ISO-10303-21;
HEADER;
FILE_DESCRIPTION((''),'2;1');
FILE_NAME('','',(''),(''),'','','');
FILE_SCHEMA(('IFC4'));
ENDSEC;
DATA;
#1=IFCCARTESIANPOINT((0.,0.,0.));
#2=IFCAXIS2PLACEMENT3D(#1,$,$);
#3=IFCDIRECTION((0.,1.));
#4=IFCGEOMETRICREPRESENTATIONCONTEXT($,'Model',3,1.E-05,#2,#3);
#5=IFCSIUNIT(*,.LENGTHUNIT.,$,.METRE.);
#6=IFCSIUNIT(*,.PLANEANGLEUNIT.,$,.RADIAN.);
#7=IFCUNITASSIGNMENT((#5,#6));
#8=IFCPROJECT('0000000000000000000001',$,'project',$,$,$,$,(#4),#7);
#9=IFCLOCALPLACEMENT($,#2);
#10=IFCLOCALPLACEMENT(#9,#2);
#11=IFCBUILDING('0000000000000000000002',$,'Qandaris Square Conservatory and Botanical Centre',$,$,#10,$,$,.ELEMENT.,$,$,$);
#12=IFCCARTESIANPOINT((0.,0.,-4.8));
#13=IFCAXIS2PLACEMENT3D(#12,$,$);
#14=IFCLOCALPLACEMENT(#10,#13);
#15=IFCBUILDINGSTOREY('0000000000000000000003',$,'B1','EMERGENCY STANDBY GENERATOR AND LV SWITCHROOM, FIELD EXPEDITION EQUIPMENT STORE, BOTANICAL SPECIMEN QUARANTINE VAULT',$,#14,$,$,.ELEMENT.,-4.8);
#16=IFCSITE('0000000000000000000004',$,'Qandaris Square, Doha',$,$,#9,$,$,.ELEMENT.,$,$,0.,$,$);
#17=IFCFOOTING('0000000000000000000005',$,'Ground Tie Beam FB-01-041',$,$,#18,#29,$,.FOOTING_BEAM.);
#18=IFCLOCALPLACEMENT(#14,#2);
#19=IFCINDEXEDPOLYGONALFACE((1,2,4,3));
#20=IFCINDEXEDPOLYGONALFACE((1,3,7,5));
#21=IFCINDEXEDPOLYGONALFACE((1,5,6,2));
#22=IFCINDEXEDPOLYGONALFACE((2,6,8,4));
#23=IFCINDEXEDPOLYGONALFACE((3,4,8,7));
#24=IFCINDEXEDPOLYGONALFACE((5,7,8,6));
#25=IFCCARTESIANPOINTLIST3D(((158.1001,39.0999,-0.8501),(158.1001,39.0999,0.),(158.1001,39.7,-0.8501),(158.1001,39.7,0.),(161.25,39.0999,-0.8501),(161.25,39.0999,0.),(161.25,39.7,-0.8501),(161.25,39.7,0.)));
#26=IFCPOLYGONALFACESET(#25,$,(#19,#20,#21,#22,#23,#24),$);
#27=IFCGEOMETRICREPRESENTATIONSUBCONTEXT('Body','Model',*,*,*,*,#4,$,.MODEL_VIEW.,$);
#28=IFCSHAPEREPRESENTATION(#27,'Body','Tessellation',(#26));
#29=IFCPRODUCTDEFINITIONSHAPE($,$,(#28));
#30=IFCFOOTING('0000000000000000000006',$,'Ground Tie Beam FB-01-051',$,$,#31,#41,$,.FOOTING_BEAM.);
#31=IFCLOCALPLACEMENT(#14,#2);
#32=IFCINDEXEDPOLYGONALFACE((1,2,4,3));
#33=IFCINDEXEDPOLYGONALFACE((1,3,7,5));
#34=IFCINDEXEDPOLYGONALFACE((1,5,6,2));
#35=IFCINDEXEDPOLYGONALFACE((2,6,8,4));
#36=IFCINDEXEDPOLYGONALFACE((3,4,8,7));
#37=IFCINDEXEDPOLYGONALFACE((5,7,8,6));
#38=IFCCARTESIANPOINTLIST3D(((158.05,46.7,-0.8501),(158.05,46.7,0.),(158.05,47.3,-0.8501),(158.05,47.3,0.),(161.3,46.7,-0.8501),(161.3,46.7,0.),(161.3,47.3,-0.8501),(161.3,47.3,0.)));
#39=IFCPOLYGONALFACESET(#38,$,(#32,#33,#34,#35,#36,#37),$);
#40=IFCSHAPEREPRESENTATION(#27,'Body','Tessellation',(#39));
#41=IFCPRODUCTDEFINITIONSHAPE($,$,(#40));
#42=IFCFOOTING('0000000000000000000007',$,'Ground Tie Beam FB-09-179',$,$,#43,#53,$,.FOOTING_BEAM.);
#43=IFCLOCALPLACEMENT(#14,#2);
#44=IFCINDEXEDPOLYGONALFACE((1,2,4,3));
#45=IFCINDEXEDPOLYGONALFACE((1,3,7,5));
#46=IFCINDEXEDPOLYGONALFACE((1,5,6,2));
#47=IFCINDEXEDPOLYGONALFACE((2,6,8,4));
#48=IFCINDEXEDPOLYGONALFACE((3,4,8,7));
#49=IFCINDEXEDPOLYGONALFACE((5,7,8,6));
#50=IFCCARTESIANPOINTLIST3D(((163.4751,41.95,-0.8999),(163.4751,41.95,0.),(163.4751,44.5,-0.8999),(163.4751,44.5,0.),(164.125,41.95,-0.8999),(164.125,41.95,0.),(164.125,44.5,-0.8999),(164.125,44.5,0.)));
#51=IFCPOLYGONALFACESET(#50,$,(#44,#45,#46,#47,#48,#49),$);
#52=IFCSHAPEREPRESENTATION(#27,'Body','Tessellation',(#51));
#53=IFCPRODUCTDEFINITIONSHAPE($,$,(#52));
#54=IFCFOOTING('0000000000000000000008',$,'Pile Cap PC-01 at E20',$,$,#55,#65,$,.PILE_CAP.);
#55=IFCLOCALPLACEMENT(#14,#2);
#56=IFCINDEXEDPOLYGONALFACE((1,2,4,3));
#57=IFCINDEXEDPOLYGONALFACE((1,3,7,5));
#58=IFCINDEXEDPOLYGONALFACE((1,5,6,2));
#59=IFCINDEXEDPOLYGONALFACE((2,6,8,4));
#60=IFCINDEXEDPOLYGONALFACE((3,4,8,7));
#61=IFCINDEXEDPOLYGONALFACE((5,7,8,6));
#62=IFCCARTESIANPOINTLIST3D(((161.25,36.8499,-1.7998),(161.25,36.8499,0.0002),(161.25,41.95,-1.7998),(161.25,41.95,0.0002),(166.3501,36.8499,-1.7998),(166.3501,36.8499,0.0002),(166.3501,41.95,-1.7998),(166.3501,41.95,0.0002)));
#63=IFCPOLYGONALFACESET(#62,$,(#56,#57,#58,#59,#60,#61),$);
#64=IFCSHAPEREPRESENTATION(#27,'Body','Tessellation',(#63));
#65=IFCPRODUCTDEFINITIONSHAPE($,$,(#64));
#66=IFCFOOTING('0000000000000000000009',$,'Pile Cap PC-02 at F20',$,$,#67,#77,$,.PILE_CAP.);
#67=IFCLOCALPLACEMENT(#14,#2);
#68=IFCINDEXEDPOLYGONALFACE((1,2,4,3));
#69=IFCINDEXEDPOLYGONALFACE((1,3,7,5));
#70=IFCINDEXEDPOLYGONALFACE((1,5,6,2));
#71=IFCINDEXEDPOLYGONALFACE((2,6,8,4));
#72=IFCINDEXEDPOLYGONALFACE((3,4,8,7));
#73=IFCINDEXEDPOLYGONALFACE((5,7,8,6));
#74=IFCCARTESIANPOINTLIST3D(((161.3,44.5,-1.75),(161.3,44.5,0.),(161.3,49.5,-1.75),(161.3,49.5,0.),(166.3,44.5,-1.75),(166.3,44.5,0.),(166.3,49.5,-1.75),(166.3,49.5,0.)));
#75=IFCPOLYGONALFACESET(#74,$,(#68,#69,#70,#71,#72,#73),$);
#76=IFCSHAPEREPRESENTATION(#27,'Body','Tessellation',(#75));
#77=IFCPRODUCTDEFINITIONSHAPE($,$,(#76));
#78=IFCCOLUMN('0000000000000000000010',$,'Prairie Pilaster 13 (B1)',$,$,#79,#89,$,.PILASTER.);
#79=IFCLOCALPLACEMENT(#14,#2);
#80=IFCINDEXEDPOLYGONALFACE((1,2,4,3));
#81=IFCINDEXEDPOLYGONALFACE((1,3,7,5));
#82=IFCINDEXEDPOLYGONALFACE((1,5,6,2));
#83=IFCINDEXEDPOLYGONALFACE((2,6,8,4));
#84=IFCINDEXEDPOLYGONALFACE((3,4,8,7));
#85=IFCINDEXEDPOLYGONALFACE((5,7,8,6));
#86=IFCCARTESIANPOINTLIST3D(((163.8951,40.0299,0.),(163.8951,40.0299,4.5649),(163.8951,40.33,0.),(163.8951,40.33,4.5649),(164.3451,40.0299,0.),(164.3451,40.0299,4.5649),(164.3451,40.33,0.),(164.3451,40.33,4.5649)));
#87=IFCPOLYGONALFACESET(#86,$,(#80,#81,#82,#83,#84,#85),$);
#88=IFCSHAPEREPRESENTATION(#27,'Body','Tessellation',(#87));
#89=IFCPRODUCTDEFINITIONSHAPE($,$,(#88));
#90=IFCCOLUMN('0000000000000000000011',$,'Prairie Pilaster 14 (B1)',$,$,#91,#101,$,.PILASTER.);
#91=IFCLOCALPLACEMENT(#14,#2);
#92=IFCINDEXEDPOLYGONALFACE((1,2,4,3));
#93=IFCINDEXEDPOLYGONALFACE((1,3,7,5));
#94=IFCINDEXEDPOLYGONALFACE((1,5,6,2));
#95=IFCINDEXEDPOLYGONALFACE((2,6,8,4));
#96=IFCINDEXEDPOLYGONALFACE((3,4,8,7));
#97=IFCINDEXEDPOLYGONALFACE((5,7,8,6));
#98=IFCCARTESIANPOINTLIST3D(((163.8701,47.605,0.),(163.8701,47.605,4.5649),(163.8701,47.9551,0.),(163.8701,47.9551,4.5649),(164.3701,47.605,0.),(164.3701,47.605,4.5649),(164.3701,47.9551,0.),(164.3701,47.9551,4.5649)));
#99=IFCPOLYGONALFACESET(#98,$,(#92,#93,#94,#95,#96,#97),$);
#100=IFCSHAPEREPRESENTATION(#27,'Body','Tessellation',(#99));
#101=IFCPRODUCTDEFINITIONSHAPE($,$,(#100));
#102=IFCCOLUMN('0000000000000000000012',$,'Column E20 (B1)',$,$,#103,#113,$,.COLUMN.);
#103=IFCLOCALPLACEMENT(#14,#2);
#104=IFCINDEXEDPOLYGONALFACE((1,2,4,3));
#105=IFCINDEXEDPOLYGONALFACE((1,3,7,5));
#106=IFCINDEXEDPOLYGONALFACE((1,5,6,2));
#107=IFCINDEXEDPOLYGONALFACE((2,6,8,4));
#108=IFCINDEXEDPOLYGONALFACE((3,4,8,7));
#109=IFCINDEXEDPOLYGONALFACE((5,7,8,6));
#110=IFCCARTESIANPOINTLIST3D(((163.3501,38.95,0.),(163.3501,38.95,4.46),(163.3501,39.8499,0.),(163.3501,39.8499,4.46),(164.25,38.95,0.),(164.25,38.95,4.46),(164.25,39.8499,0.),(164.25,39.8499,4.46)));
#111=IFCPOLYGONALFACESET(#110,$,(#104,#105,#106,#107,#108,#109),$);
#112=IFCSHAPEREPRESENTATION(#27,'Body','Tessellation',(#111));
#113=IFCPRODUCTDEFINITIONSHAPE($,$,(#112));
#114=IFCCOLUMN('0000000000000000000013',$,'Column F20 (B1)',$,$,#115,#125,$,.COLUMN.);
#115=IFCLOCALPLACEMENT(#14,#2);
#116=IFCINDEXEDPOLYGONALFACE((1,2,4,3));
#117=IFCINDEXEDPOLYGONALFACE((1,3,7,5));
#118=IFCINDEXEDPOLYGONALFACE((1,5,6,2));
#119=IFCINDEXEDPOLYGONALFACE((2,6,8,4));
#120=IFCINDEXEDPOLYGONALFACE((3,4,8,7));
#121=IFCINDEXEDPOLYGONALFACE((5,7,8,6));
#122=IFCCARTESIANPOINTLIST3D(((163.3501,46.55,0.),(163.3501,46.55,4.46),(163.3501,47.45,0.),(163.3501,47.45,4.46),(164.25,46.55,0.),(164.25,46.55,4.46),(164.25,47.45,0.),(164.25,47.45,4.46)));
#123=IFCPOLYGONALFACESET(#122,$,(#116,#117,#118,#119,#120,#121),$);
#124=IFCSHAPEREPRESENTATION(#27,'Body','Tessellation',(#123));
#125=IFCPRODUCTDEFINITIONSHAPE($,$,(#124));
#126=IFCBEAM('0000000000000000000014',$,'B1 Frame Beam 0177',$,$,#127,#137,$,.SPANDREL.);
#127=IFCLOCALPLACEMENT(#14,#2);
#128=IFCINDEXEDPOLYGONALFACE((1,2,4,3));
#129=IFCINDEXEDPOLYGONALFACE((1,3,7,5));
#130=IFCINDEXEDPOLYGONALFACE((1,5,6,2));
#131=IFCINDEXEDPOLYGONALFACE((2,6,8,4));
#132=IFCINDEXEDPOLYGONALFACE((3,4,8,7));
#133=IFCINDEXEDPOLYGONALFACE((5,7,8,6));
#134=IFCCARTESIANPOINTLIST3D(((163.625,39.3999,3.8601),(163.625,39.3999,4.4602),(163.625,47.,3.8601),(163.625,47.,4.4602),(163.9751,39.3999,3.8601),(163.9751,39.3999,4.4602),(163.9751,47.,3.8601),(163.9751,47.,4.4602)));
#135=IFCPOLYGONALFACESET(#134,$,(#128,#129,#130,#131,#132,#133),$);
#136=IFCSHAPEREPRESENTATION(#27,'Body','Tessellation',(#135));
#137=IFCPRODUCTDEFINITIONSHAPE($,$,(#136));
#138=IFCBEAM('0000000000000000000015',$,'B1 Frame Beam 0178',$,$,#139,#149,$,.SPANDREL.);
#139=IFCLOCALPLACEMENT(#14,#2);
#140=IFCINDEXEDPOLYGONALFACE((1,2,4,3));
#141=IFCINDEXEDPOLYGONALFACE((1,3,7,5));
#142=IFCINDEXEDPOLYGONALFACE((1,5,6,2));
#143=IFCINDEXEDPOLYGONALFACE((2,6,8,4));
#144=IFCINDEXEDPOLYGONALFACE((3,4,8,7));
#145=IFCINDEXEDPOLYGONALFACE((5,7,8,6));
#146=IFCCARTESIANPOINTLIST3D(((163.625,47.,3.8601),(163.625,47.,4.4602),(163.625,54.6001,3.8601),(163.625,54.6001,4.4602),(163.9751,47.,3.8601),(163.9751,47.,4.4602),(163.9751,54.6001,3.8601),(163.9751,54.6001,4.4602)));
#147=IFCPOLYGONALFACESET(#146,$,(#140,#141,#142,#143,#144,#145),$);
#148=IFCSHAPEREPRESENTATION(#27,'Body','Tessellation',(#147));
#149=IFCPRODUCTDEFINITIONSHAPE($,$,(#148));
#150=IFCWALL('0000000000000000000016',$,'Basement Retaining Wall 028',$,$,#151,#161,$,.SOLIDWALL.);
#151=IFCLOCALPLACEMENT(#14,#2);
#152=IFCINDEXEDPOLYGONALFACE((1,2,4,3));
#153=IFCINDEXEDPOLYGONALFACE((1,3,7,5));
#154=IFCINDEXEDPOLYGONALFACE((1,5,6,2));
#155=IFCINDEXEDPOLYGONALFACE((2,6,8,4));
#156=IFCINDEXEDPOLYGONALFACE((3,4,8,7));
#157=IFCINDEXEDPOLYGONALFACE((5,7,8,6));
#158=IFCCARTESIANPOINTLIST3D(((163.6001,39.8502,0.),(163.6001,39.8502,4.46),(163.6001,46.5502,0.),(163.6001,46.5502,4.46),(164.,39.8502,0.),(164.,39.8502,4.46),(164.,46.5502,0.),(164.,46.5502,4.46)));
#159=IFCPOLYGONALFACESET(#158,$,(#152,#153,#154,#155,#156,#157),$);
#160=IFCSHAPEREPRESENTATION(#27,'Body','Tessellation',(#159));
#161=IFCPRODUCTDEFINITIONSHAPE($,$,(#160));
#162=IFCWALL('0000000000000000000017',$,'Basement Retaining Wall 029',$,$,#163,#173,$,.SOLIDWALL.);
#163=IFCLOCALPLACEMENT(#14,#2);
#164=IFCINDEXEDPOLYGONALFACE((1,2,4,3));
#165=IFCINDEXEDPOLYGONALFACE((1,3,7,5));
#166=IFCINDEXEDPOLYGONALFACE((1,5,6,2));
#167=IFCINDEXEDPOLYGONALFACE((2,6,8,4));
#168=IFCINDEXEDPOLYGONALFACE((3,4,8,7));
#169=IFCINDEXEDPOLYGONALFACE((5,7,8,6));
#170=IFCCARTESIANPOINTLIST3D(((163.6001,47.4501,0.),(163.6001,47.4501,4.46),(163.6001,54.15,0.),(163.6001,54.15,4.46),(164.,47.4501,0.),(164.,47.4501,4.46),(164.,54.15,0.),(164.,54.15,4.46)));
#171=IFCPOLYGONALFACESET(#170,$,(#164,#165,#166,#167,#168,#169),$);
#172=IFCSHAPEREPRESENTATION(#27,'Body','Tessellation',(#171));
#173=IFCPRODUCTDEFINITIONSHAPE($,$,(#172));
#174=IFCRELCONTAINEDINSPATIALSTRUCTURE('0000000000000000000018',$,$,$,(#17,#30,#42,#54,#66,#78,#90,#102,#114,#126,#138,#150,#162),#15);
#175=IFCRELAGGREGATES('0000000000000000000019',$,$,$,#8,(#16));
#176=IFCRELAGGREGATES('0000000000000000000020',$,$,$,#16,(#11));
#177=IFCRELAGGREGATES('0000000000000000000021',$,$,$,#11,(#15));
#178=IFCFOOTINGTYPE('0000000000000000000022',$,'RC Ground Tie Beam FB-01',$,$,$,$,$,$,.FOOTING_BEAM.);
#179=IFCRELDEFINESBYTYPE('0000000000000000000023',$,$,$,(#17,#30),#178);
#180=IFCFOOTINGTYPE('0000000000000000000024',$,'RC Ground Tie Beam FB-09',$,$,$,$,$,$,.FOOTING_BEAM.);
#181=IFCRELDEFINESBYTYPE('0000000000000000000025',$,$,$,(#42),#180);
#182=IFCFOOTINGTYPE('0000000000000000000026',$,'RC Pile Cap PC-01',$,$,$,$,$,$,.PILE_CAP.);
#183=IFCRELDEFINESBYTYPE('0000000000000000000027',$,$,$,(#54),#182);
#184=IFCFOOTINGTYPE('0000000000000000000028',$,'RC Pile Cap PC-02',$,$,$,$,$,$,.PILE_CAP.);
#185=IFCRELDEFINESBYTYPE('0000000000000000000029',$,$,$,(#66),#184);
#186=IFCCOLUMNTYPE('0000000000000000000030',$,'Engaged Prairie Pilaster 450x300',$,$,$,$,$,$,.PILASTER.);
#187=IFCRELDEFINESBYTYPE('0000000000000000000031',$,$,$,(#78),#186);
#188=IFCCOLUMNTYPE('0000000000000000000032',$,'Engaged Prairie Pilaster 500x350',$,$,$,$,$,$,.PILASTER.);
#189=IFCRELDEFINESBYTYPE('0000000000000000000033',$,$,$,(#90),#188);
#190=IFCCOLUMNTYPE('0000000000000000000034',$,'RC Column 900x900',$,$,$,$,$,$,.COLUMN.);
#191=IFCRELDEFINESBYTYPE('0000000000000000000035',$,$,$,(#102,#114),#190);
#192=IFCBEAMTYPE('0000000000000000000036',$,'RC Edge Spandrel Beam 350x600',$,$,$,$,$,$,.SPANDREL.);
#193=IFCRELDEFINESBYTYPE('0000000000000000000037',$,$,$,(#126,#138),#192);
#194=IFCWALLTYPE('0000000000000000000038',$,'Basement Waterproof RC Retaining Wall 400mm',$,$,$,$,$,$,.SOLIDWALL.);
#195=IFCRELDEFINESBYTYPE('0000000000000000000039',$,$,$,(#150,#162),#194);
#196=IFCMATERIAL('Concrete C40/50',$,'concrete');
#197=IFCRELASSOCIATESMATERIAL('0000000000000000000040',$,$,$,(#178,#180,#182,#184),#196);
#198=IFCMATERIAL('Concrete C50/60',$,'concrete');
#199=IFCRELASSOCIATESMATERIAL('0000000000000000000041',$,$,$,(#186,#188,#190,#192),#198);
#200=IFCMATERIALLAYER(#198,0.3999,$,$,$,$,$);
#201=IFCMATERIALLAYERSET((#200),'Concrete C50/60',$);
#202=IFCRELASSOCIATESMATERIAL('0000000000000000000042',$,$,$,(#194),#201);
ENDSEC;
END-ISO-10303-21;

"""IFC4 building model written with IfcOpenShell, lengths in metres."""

from ifc_helpers import new_model, si_unit, direction, frame, frame_2d, origin, origin_2d, place, context, subcontext, project, spatial, rectangle, extrude, material, layer, layer_set, material_profile, profile_set, type_object, element, save


model = new_model("IFC4")

# Units and contexts
model_context = context("Model", 3, precision=1e-05, world=origin(), true_north=direction((0.0, 1.0)))
body_context = subcontext(model_context, "Body", "Model", "MODEL_VIEW")
ifc_project = project(units=[si_unit("LENGTHUNIT", "METRE"), si_unit("PLANEANGLEUNIT", "RADIAN")], contexts=[model_context])

# Site, building, storey
site_placement = place(None, origin())
site = spatial("IfcSite", under=ifc_project, at=site_placement, Name="Qandaris Square, Doha", CompositionType="ELEMENT", RefElevation=0.0)
building_placement = place(site_placement, origin())
building = spatial("IfcBuilding", under=site, at=building_placement, Name="Qandaris Square Conservatory and Botanical Centre", CompositionType="ELEMENT")
storey_placement = place(building_placement, frame((0.0, 0.0, -4.8)))
storey = spatial("IfcBuildingStorey", under=building, at=storey_placement, Name="B1", Description="EMERGENCY STANDBY GENERATOR AND LV SWITCHROOM, FIELD EXPEDITION EQUIPMENT STORE, BOTANICAL SPECIMEN QUARANTINE VAULT", CompositionType="ELEMENT", Elevation=-4.8)

# Shared definitions
ifc_material_1 = material(Name="Concrete C50/60", Category="concrete")

# Footings
ifc_material_2 = material(Name="Concrete C40/50", Category="concrete")
ifc_material_profile_1 = material_profile(ifc_material_2, rectangle(XDim=0.6001, YDim=0.8501, at=origin_2d()), Name="FB 600x850")
ifc_profile_set_1 = profile_set([ifc_material_profile_1], Name="Concrete C40/50")
footing_type_1 = type_object("IfcFootingType", Name="RC Ground Tie Beam FB-01", PredefinedType="FOOTING_BEAM", material=ifc_profile_set_1)
footing_1_placement = place(storey_placement, frame((158.1001, 39.3999, -0.425), z_axis=(1.0, 0.0, 0.0), x_axis=(0.0, 1.0, 0.0)))
element("IfcFooting", 1, at=footing_1_placement, inside=storey, type_object=footing_type_1, Name="Ground Tie Beam FB-01-041", PredefinedType="FOOTING_BEAM", context=body_context, shape_type="SweptSolid", body=[
    extrude(rectangle(XDim=0.6001, YDim=0.8501, at=origin_2d()), origin(), (0.0, 0.0, 1.0), 3.1499),
])
footing_2_placement = place(storey_placement, frame((158.05, 47.0, -0.425), z_axis=(1.0, 0.0, 0.0), x_axis=(0.0, 1.0, 0.0)))
element("IfcFooting", 2, at=footing_2_placement, inside=storey, type_object=footing_type_1, Name="Ground Tie Beam FB-01-051", PredefinedType="FOOTING_BEAM", context=body_context, shape_type="SweptSolid", body=[
    extrude(rectangle(XDim=0.6001, YDim=0.8501, at=origin_2d()), origin(), (0.0, 0.0, 1.0), 3.25),
])
ifc_material_profile_2 = material_profile(ifc_material_2, rectangle(XDim=0.6499, YDim=0.8999, at=origin_2d()), Name="FB 650x900")
ifc_profile_set_2 = profile_set([ifc_material_profile_2], Name="Concrete C40/50")
footing_type_2 = type_object("IfcFootingType", Name="RC Ground Tie Beam FB-09", PredefinedType="FOOTING_BEAM", material=ifc_profile_set_2)
footing_3_placement = place(storey_placement, frame((163.8, 41.95, -0.45), z_axis=(0.0, 1.0, 0.0), x_axis=(-1.0, 0.0, 0.0)))
element("IfcFooting", 3, at=footing_3_placement, inside=storey, type_object=footing_type_2, Name="Ground Tie Beam FB-09-179", PredefinedType="FOOTING_BEAM", context=body_context, shape_type="SweptSolid", body=[
    extrude(rectangle(XDim=0.6499, YDim=0.8999, at=origin_2d()), origin(), (0.0, 0.0, 1.0), 2.55),
])
footing_type_3 = type_object("IfcFootingType", Name="RC Pile Cap PC-01", PredefinedType="PILE_CAP", material=ifc_material_2)
footing_4_placement = place(storey_placement, frame((163.8, 39.3999, -1.7998), z_axis=(0.0, 0.0, 1.0), x_axis=(1.0, 0.0, 0.0)))
element("IfcFooting", 4, at=footing_4_placement, inside=storey, type_object=footing_type_3, Name="Pile Cap PC-01 at E20", PredefinedType="PILE_CAP", context=body_context, shape_type="SweptSolid", body=[
    extrude(rectangle(XDim=5.1001, YDim=5.1001, at=origin_2d()), origin(), (0.0, 0.0, 1.0), 1.8),
])
footing_type_4 = type_object("IfcFootingType", Name="RC Pile Cap PC-02", PredefinedType="PILE_CAP", material=ifc_material_2)
footing_5_placement = place(storey_placement, frame((163.8, 47.0, -1.75), z_axis=(0.0, 0.0, 1.0), x_axis=(1.0, 0.0, 0.0)))
element("IfcFooting", 5, at=footing_5_placement, inside=storey, type_object=footing_type_4, Name="Pile Cap PC-02 at F20", PredefinedType="PILE_CAP", context=body_context, shape_type="SweptSolid", body=[
    extrude(rectangle(XDim=5.0, YDim=5.0, at=origin_2d()), origin(), (0.0, 0.0, 1.0), 1.75),
])

# Columns
ifc_material_profile_3 = material_profile(ifc_material_1, rectangle(XDim=0.45, YDim=0.3, at=origin_2d()), Name="RC-PIL 450x300")
ifc_profile_set_3 = profile_set([ifc_material_profile_3], Name="Concrete C50/60")
column_type_1 = type_object("IfcColumnType", Name="Engaged Prairie Pilaster 450x300", PredefinedType="PILASTER", material=ifc_profile_set_3)
column_1_placement = place(storey_placement, frame((164.1201, 40.1799, 0.0), z_axis=(0.0, 0.0, 1.0), x_axis=(1.0, 0.0, 0.0)))
element("IfcColumn", 6, at=column_1_placement, inside=storey, type_object=column_type_1, Name="Prairie Pilaster 13 (B1)", PredefinedType="PILASTER", context=body_context, shape_type="SweptSolid", body=[
    extrude(rectangle(XDim=0.45, YDim=0.3, at=origin_2d()), origin(), (0.0, 0.0, 1.0), 4.5649),
])
ifc_material_profile_4 = material_profile(ifc_material_1, rectangle(XDim=0.5, YDim=0.3501, at=origin_2d()), Name="RC-PIL 500x350")
ifc_profile_set_4 = profile_set([ifc_material_profile_4], Name="Concrete C50/60")
column_type_2 = type_object("IfcColumnType", Name="Engaged Prairie Pilaster 500x350", PredefinedType="PILASTER", material=ifc_profile_set_4)
column_2_placement = place(storey_placement, frame((164.1201, 47.78, 0.0), z_axis=(0.0, 0.0, 1.0), x_axis=(1.0, 0.0, 0.0)))
element("IfcColumn", 7, at=column_2_placement, inside=storey, type_object=column_type_2, Name="Prairie Pilaster 14 (B1)", PredefinedType="PILASTER", context=body_context, shape_type="SweptSolid", body=[
    extrude(rectangle(XDim=0.5, YDim=0.3501, at=origin_2d()), origin(), (0.0, 0.0, 1.0), 4.5649),
])
ifc_material_profile_5 = material_profile(ifc_material_1, rectangle(XDim=0.8999, YDim=0.8999, at=origin_2d()), Name="RC-COL 900x900")
ifc_profile_set_5 = profile_set([ifc_material_profile_5], Name="Concrete C50/60")
column_type_3 = type_object("IfcColumnType", Name="RC Column 900x900", PredefinedType="COLUMN", material=ifc_profile_set_5)
for number, where, z_axis, x_axis, name in (
    (8, (163.8, 39.3999, 0.0), (0.0, 0.0, 1.0), (1.0, 0.0, 0.0), "Column E20 (B1)"),
    (9, (163.8, 47.0, 0.0), (0.0, 0.0, 1.0), (1.0, 0.0, 0.0), "Column F20 (B1)"),
):
    element("IfcColumn", number, at=place(storey_placement, frame(where, z_axis=z_axis, x_axis=x_axis)), inside=storey, type_object=column_type_3, Name=name, PredefinedType="COLUMN", context=body_context, shape_type="SweptSolid", body=[
        extrude(rectangle(XDim=0.8999, YDim=0.8999, at=origin_2d()), origin(), (0.0, 0.0, 1.0), 4.46),
    ])

# Beams
ifc_material_profile_6 = material_profile(ifc_material_1, rectangle(XDim=0.3501, YDim=0.6001, at=origin_2d()), Name="RC-SP 350x600")
ifc_profile_set_6 = profile_set([ifc_material_profile_6], Name="Concrete C50/60")
beam_type = type_object("IfcBeamType", Name="RC Edge Spandrel Beam 350x600", PredefinedType="SPANDREL", material=ifc_profile_set_6)
for number, where, z_axis, x_axis, name in (
    (10, (163.8, 39.3999, 4.1602), (0.0, 1.0, 0.0), (-1.0, 0.0, 0.0), "B1 Frame Beam 0177"),
    (11, (163.8, 47.0, 4.1602), (0.0, 1.0, 0.0), (-1.0, 0.0, 0.0), "B1 Frame Beam 0178"),
):
    element("IfcBeam", number, at=place(storey_placement, frame(where, z_axis=z_axis, x_axis=x_axis)), inside=storey, type_object=beam_type, Name=name, PredefinedType="SPANDREL", context=body_context, shape_type="SweptSolid", body=[
        extrude(rectangle(XDim=0.3501, YDim=0.6001, at=origin_2d()), origin(), (0.0, 0.0, 1.0), 7.6001),
    ])

# Walls
ifc_layer = layer(ifc_material_1, 0.3999)
ifc_layer_set = layer_set([ifc_layer], Name="Concrete C50/60")
wall_type = type_object("IfcWallType", Name="Basement Waterproof RC Retaining Wall 400mm", PredefinedType="SOLIDWALL", material=ifc_layer_set)
for number, where, z_axis, x_axis, name in (
    (12, (163.8, 39.8501, 0.0), (0.0, 0.0, 1.0), (0.0, 1.0, 0.0), "Basement Retaining Wall 028"),
    (13, (163.8, 47.45, 0.0), (0.0, 0.0, 1.0), (0.0, 1.0, 0.0), "Basement Retaining Wall 029"),
):
    element("IfcWall", number, at=place(storey_placement, frame(where, z_axis=z_axis, x_axis=x_axis)), inside=storey, type_object=wall_type, Name=name, PredefinedType="SOLIDWALL", context=body_context, shape_type="SweptSolid", body=[
        extrude(rectangle(XDim=6.7, YDim=0.3999, at=frame_2d((3.3501, 0.0))), origin(), (0.0, 0.0, 1.0), 4.46),
    ])

save(model, "model.ifc")
